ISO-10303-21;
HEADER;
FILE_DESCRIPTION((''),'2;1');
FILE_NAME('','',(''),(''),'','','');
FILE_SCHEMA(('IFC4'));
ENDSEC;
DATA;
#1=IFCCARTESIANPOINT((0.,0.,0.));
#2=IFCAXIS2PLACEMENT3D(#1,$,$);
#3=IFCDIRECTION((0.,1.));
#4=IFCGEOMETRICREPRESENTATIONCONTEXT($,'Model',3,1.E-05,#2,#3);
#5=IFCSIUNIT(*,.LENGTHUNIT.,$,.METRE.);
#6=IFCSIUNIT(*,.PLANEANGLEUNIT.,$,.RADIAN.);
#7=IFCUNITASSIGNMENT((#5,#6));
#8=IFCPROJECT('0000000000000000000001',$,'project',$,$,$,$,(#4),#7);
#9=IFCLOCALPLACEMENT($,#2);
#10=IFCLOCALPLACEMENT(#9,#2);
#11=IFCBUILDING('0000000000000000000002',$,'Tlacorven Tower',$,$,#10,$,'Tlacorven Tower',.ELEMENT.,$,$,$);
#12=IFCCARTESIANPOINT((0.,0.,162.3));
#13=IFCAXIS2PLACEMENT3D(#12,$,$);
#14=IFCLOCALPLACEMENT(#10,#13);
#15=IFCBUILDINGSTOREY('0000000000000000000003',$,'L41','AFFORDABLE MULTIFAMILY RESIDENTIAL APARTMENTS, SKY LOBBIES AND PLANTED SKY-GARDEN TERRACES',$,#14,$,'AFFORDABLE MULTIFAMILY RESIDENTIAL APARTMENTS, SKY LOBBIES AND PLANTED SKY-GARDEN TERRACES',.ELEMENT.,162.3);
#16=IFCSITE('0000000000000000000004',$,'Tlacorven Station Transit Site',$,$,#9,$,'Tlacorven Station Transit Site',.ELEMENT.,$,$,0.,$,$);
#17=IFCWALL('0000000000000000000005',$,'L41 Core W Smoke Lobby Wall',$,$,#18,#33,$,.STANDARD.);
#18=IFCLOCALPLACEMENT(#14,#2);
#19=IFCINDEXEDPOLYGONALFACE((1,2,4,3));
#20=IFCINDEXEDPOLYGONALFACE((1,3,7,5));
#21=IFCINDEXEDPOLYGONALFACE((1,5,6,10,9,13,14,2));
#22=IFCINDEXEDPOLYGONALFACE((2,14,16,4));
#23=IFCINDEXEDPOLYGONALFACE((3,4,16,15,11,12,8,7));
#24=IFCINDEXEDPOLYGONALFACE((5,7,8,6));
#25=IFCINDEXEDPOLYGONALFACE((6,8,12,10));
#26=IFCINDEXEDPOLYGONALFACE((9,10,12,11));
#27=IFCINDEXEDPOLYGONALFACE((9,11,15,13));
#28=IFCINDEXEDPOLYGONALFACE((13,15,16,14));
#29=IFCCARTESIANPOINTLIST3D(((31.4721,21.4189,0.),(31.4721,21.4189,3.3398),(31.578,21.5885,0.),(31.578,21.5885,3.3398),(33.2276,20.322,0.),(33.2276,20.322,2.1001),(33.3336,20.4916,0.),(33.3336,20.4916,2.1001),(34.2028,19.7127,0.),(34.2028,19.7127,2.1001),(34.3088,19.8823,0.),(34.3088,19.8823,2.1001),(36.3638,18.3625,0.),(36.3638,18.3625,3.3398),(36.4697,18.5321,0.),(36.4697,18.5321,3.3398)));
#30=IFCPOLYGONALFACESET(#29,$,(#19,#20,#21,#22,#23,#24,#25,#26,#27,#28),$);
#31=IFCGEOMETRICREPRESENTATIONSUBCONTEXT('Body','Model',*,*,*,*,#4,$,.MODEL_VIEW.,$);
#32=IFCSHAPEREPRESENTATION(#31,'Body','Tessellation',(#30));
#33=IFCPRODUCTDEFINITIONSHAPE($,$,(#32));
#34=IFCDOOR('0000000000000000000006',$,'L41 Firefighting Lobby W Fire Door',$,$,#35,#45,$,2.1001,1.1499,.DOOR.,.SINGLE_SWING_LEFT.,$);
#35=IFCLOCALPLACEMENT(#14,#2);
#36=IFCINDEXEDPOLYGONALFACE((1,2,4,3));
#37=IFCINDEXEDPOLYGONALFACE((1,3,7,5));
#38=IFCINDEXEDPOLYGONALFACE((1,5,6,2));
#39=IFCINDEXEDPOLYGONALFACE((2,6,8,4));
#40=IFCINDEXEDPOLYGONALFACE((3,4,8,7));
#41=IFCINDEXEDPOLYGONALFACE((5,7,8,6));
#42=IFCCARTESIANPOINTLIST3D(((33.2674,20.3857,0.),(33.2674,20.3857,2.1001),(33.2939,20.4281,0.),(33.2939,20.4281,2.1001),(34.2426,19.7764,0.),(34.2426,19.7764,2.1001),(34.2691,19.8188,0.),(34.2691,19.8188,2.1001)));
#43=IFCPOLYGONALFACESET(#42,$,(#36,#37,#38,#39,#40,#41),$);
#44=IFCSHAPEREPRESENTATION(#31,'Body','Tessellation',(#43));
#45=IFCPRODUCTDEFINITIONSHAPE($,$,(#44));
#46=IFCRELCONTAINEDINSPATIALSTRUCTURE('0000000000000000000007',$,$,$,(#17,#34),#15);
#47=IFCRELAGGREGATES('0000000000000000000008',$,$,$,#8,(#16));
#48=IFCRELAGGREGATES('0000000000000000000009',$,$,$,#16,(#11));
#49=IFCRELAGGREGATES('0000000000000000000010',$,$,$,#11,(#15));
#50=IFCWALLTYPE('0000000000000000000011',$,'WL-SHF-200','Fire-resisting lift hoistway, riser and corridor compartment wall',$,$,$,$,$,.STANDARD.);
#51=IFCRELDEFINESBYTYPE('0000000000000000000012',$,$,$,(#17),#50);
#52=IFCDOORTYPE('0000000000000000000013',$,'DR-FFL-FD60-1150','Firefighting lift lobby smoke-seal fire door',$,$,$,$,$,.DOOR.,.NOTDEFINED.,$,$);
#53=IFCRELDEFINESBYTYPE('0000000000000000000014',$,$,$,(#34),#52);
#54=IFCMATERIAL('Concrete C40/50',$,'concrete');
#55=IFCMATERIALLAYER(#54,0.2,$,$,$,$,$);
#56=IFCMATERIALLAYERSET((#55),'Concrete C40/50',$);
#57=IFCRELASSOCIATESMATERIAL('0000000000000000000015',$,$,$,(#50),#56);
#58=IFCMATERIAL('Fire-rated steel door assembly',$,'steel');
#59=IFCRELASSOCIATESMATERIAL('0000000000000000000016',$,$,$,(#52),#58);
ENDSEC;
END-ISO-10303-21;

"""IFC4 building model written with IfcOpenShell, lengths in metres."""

from ifc_helpers import new_model, si_unit, direction, frame, frame_2d, origin, place, context, subcontext, project, spatial, rectangle, extrude, source, transform, mapped, material, layer, layer_set, type_object, element, fill, save


model = new_model("IFC4")

# Units and contexts
model_context = context("Model", 3, precision=1e-05, world=origin(), true_north=direction((0.0, 1.0)))
body_context = subcontext(model_context, "Body", "Model", "MODEL_VIEW")
ifc_project = project(units=[si_unit("LENGTHUNIT", "METRE"), si_unit("PLANEANGLEUNIT", "RADIAN")], contexts=[model_context])

# Site, building, storey
site_placement = place(None, origin())
site = spatial("IfcSite", under=ifc_project, at=site_placement, Name="Tlacorven Station Transit Site", LongName="Tlacorven Station Transit Site", CompositionType="ELEMENT", RefElevation=0.0)
building_placement = place(site_placement, origin())
building = spatial("IfcBuilding", under=site, at=building_placement, Name="Tlacorven Tower", LongName="Tlacorven Tower", CompositionType="ELEMENT")
storey_placement = place(building_placement, frame((0.0, 0.0, 162.3)))
storey = spatial("IfcBuildingStorey", under=building, at=storey_placement, Name="L41", Description="AFFORDABLE MULTIFAMILY RESIDENTIAL APARTMENTS, SKY LOBBIES AND PLANTED SKY-GARDEN TERRACES", LongName="AFFORDABLE MULTIFAMILY RESIDENTIAL APARTMENTS, SKY LOBBIES AND PLANTED SKY-GARDEN TERRACES", CompositionType="ELEMENT", Elevation=162.3)

# Shared definitions
ifc_material_1 = material(Name="Fire-rated steel door assembly", Category="steel")

# Shared definitions
ifc_material_2 = material(Name="Concrete C40/50", Category="concrete")
ifc_layer_1 = layer(ifc_material_2, 0.2)
ifc_layer_set_1 = layer_set([ifc_layer_1], Name="Concrete C40/50")
wall_type_1 = type_object("IfcWallType", Name="WL-SHF-200", Description="Fire-resisting lift hoistway, riser and corridor compartment wall", PredefinedType="STANDARD", material=ifc_layer_set_1)

# Wall, opening, door
wall_1_placement = place(storey_placement, frame((36.4167, 18.4473, 0.0), z_axis=(0.0, 0.0, 1.0), x_axis=(-0.848065, 0.529892, 0.0)))
wall_1 = element("IfcWall", 1, at=wall_1_placement, inside=storey, type_object=wall_type_1, Name="L41 Core W Smoke Lobby Wall", PredefinedType="STANDARD", context=body_context, shape_type="SweptSolid", body=[
    extrude(rectangle(XDim=5.7681, YDim=0.2, at=frame_2d((2.884, 0.0))), origin(), (0.0, 0.0, 1.0), 3.3398),
])
opening_1_placement = place(wall_1_placement, frame((2.5481, 0.0, 0.0)))
opening_1 = element("IfcOpeningElement", 2, at=opening_1_placement, cuts=wall_1, PredefinedType="OPENING", context=body_context, shape_type="SweptSolid", body=[
    extrude(rectangle(XDim=1.1499, YDim=2.1001, at=frame_2d((0.575, 1.05))), frame((0.0, 0.1099, 0.0), z_axis=(0.0, -1.0, 0.0), x_axis=(1.0, 0.0, 0.0)), (0.0, 0.0, 1.0), 0.22),
])
door_type_1 = type_object("IfcDoorType", Name="DR-FFL-FD60-1150", Description="Firefighting lift lobby smoke-seal fire door", OperationType="NOTDEFINED", PredefinedType="DOOR", material=ifc_material_1)
shared_shape_1 = source(origin(), body_context, "Body", "SweptSolid", [
    extrude(rectangle(XDim=1.1499, YDim=2.1001, at=frame_2d((0.575, 1.05))), frame((0.0, 0.0249, 0.0), z_axis=(0.0, -1.0, 0.0), x_axis=(1.0, 0.0, 0.0)), (0.0, 0.0, 1.0), 0.05),
])
door_1_placement = place(opening_1_placement, origin())
door_1 = element("IfcDoor", 3, at=door_1_placement, inside=storey, type_object=door_type_1, Name="L41 Firefighting Lobby W Fire Door", OperationType="SINGLE_SWING_LEFT", OverallHeight=2.1001, OverallWidth=1.1499, PredefinedType="DOOR", context=body_context, shape_type="MappedRepresentation", body=[
    mapped(shared_shape_1, transform((0.0, 0.0, 0.0), scale=1.0)),
])
fill(opening_1, door_1)

save(model, "model.ifc")
